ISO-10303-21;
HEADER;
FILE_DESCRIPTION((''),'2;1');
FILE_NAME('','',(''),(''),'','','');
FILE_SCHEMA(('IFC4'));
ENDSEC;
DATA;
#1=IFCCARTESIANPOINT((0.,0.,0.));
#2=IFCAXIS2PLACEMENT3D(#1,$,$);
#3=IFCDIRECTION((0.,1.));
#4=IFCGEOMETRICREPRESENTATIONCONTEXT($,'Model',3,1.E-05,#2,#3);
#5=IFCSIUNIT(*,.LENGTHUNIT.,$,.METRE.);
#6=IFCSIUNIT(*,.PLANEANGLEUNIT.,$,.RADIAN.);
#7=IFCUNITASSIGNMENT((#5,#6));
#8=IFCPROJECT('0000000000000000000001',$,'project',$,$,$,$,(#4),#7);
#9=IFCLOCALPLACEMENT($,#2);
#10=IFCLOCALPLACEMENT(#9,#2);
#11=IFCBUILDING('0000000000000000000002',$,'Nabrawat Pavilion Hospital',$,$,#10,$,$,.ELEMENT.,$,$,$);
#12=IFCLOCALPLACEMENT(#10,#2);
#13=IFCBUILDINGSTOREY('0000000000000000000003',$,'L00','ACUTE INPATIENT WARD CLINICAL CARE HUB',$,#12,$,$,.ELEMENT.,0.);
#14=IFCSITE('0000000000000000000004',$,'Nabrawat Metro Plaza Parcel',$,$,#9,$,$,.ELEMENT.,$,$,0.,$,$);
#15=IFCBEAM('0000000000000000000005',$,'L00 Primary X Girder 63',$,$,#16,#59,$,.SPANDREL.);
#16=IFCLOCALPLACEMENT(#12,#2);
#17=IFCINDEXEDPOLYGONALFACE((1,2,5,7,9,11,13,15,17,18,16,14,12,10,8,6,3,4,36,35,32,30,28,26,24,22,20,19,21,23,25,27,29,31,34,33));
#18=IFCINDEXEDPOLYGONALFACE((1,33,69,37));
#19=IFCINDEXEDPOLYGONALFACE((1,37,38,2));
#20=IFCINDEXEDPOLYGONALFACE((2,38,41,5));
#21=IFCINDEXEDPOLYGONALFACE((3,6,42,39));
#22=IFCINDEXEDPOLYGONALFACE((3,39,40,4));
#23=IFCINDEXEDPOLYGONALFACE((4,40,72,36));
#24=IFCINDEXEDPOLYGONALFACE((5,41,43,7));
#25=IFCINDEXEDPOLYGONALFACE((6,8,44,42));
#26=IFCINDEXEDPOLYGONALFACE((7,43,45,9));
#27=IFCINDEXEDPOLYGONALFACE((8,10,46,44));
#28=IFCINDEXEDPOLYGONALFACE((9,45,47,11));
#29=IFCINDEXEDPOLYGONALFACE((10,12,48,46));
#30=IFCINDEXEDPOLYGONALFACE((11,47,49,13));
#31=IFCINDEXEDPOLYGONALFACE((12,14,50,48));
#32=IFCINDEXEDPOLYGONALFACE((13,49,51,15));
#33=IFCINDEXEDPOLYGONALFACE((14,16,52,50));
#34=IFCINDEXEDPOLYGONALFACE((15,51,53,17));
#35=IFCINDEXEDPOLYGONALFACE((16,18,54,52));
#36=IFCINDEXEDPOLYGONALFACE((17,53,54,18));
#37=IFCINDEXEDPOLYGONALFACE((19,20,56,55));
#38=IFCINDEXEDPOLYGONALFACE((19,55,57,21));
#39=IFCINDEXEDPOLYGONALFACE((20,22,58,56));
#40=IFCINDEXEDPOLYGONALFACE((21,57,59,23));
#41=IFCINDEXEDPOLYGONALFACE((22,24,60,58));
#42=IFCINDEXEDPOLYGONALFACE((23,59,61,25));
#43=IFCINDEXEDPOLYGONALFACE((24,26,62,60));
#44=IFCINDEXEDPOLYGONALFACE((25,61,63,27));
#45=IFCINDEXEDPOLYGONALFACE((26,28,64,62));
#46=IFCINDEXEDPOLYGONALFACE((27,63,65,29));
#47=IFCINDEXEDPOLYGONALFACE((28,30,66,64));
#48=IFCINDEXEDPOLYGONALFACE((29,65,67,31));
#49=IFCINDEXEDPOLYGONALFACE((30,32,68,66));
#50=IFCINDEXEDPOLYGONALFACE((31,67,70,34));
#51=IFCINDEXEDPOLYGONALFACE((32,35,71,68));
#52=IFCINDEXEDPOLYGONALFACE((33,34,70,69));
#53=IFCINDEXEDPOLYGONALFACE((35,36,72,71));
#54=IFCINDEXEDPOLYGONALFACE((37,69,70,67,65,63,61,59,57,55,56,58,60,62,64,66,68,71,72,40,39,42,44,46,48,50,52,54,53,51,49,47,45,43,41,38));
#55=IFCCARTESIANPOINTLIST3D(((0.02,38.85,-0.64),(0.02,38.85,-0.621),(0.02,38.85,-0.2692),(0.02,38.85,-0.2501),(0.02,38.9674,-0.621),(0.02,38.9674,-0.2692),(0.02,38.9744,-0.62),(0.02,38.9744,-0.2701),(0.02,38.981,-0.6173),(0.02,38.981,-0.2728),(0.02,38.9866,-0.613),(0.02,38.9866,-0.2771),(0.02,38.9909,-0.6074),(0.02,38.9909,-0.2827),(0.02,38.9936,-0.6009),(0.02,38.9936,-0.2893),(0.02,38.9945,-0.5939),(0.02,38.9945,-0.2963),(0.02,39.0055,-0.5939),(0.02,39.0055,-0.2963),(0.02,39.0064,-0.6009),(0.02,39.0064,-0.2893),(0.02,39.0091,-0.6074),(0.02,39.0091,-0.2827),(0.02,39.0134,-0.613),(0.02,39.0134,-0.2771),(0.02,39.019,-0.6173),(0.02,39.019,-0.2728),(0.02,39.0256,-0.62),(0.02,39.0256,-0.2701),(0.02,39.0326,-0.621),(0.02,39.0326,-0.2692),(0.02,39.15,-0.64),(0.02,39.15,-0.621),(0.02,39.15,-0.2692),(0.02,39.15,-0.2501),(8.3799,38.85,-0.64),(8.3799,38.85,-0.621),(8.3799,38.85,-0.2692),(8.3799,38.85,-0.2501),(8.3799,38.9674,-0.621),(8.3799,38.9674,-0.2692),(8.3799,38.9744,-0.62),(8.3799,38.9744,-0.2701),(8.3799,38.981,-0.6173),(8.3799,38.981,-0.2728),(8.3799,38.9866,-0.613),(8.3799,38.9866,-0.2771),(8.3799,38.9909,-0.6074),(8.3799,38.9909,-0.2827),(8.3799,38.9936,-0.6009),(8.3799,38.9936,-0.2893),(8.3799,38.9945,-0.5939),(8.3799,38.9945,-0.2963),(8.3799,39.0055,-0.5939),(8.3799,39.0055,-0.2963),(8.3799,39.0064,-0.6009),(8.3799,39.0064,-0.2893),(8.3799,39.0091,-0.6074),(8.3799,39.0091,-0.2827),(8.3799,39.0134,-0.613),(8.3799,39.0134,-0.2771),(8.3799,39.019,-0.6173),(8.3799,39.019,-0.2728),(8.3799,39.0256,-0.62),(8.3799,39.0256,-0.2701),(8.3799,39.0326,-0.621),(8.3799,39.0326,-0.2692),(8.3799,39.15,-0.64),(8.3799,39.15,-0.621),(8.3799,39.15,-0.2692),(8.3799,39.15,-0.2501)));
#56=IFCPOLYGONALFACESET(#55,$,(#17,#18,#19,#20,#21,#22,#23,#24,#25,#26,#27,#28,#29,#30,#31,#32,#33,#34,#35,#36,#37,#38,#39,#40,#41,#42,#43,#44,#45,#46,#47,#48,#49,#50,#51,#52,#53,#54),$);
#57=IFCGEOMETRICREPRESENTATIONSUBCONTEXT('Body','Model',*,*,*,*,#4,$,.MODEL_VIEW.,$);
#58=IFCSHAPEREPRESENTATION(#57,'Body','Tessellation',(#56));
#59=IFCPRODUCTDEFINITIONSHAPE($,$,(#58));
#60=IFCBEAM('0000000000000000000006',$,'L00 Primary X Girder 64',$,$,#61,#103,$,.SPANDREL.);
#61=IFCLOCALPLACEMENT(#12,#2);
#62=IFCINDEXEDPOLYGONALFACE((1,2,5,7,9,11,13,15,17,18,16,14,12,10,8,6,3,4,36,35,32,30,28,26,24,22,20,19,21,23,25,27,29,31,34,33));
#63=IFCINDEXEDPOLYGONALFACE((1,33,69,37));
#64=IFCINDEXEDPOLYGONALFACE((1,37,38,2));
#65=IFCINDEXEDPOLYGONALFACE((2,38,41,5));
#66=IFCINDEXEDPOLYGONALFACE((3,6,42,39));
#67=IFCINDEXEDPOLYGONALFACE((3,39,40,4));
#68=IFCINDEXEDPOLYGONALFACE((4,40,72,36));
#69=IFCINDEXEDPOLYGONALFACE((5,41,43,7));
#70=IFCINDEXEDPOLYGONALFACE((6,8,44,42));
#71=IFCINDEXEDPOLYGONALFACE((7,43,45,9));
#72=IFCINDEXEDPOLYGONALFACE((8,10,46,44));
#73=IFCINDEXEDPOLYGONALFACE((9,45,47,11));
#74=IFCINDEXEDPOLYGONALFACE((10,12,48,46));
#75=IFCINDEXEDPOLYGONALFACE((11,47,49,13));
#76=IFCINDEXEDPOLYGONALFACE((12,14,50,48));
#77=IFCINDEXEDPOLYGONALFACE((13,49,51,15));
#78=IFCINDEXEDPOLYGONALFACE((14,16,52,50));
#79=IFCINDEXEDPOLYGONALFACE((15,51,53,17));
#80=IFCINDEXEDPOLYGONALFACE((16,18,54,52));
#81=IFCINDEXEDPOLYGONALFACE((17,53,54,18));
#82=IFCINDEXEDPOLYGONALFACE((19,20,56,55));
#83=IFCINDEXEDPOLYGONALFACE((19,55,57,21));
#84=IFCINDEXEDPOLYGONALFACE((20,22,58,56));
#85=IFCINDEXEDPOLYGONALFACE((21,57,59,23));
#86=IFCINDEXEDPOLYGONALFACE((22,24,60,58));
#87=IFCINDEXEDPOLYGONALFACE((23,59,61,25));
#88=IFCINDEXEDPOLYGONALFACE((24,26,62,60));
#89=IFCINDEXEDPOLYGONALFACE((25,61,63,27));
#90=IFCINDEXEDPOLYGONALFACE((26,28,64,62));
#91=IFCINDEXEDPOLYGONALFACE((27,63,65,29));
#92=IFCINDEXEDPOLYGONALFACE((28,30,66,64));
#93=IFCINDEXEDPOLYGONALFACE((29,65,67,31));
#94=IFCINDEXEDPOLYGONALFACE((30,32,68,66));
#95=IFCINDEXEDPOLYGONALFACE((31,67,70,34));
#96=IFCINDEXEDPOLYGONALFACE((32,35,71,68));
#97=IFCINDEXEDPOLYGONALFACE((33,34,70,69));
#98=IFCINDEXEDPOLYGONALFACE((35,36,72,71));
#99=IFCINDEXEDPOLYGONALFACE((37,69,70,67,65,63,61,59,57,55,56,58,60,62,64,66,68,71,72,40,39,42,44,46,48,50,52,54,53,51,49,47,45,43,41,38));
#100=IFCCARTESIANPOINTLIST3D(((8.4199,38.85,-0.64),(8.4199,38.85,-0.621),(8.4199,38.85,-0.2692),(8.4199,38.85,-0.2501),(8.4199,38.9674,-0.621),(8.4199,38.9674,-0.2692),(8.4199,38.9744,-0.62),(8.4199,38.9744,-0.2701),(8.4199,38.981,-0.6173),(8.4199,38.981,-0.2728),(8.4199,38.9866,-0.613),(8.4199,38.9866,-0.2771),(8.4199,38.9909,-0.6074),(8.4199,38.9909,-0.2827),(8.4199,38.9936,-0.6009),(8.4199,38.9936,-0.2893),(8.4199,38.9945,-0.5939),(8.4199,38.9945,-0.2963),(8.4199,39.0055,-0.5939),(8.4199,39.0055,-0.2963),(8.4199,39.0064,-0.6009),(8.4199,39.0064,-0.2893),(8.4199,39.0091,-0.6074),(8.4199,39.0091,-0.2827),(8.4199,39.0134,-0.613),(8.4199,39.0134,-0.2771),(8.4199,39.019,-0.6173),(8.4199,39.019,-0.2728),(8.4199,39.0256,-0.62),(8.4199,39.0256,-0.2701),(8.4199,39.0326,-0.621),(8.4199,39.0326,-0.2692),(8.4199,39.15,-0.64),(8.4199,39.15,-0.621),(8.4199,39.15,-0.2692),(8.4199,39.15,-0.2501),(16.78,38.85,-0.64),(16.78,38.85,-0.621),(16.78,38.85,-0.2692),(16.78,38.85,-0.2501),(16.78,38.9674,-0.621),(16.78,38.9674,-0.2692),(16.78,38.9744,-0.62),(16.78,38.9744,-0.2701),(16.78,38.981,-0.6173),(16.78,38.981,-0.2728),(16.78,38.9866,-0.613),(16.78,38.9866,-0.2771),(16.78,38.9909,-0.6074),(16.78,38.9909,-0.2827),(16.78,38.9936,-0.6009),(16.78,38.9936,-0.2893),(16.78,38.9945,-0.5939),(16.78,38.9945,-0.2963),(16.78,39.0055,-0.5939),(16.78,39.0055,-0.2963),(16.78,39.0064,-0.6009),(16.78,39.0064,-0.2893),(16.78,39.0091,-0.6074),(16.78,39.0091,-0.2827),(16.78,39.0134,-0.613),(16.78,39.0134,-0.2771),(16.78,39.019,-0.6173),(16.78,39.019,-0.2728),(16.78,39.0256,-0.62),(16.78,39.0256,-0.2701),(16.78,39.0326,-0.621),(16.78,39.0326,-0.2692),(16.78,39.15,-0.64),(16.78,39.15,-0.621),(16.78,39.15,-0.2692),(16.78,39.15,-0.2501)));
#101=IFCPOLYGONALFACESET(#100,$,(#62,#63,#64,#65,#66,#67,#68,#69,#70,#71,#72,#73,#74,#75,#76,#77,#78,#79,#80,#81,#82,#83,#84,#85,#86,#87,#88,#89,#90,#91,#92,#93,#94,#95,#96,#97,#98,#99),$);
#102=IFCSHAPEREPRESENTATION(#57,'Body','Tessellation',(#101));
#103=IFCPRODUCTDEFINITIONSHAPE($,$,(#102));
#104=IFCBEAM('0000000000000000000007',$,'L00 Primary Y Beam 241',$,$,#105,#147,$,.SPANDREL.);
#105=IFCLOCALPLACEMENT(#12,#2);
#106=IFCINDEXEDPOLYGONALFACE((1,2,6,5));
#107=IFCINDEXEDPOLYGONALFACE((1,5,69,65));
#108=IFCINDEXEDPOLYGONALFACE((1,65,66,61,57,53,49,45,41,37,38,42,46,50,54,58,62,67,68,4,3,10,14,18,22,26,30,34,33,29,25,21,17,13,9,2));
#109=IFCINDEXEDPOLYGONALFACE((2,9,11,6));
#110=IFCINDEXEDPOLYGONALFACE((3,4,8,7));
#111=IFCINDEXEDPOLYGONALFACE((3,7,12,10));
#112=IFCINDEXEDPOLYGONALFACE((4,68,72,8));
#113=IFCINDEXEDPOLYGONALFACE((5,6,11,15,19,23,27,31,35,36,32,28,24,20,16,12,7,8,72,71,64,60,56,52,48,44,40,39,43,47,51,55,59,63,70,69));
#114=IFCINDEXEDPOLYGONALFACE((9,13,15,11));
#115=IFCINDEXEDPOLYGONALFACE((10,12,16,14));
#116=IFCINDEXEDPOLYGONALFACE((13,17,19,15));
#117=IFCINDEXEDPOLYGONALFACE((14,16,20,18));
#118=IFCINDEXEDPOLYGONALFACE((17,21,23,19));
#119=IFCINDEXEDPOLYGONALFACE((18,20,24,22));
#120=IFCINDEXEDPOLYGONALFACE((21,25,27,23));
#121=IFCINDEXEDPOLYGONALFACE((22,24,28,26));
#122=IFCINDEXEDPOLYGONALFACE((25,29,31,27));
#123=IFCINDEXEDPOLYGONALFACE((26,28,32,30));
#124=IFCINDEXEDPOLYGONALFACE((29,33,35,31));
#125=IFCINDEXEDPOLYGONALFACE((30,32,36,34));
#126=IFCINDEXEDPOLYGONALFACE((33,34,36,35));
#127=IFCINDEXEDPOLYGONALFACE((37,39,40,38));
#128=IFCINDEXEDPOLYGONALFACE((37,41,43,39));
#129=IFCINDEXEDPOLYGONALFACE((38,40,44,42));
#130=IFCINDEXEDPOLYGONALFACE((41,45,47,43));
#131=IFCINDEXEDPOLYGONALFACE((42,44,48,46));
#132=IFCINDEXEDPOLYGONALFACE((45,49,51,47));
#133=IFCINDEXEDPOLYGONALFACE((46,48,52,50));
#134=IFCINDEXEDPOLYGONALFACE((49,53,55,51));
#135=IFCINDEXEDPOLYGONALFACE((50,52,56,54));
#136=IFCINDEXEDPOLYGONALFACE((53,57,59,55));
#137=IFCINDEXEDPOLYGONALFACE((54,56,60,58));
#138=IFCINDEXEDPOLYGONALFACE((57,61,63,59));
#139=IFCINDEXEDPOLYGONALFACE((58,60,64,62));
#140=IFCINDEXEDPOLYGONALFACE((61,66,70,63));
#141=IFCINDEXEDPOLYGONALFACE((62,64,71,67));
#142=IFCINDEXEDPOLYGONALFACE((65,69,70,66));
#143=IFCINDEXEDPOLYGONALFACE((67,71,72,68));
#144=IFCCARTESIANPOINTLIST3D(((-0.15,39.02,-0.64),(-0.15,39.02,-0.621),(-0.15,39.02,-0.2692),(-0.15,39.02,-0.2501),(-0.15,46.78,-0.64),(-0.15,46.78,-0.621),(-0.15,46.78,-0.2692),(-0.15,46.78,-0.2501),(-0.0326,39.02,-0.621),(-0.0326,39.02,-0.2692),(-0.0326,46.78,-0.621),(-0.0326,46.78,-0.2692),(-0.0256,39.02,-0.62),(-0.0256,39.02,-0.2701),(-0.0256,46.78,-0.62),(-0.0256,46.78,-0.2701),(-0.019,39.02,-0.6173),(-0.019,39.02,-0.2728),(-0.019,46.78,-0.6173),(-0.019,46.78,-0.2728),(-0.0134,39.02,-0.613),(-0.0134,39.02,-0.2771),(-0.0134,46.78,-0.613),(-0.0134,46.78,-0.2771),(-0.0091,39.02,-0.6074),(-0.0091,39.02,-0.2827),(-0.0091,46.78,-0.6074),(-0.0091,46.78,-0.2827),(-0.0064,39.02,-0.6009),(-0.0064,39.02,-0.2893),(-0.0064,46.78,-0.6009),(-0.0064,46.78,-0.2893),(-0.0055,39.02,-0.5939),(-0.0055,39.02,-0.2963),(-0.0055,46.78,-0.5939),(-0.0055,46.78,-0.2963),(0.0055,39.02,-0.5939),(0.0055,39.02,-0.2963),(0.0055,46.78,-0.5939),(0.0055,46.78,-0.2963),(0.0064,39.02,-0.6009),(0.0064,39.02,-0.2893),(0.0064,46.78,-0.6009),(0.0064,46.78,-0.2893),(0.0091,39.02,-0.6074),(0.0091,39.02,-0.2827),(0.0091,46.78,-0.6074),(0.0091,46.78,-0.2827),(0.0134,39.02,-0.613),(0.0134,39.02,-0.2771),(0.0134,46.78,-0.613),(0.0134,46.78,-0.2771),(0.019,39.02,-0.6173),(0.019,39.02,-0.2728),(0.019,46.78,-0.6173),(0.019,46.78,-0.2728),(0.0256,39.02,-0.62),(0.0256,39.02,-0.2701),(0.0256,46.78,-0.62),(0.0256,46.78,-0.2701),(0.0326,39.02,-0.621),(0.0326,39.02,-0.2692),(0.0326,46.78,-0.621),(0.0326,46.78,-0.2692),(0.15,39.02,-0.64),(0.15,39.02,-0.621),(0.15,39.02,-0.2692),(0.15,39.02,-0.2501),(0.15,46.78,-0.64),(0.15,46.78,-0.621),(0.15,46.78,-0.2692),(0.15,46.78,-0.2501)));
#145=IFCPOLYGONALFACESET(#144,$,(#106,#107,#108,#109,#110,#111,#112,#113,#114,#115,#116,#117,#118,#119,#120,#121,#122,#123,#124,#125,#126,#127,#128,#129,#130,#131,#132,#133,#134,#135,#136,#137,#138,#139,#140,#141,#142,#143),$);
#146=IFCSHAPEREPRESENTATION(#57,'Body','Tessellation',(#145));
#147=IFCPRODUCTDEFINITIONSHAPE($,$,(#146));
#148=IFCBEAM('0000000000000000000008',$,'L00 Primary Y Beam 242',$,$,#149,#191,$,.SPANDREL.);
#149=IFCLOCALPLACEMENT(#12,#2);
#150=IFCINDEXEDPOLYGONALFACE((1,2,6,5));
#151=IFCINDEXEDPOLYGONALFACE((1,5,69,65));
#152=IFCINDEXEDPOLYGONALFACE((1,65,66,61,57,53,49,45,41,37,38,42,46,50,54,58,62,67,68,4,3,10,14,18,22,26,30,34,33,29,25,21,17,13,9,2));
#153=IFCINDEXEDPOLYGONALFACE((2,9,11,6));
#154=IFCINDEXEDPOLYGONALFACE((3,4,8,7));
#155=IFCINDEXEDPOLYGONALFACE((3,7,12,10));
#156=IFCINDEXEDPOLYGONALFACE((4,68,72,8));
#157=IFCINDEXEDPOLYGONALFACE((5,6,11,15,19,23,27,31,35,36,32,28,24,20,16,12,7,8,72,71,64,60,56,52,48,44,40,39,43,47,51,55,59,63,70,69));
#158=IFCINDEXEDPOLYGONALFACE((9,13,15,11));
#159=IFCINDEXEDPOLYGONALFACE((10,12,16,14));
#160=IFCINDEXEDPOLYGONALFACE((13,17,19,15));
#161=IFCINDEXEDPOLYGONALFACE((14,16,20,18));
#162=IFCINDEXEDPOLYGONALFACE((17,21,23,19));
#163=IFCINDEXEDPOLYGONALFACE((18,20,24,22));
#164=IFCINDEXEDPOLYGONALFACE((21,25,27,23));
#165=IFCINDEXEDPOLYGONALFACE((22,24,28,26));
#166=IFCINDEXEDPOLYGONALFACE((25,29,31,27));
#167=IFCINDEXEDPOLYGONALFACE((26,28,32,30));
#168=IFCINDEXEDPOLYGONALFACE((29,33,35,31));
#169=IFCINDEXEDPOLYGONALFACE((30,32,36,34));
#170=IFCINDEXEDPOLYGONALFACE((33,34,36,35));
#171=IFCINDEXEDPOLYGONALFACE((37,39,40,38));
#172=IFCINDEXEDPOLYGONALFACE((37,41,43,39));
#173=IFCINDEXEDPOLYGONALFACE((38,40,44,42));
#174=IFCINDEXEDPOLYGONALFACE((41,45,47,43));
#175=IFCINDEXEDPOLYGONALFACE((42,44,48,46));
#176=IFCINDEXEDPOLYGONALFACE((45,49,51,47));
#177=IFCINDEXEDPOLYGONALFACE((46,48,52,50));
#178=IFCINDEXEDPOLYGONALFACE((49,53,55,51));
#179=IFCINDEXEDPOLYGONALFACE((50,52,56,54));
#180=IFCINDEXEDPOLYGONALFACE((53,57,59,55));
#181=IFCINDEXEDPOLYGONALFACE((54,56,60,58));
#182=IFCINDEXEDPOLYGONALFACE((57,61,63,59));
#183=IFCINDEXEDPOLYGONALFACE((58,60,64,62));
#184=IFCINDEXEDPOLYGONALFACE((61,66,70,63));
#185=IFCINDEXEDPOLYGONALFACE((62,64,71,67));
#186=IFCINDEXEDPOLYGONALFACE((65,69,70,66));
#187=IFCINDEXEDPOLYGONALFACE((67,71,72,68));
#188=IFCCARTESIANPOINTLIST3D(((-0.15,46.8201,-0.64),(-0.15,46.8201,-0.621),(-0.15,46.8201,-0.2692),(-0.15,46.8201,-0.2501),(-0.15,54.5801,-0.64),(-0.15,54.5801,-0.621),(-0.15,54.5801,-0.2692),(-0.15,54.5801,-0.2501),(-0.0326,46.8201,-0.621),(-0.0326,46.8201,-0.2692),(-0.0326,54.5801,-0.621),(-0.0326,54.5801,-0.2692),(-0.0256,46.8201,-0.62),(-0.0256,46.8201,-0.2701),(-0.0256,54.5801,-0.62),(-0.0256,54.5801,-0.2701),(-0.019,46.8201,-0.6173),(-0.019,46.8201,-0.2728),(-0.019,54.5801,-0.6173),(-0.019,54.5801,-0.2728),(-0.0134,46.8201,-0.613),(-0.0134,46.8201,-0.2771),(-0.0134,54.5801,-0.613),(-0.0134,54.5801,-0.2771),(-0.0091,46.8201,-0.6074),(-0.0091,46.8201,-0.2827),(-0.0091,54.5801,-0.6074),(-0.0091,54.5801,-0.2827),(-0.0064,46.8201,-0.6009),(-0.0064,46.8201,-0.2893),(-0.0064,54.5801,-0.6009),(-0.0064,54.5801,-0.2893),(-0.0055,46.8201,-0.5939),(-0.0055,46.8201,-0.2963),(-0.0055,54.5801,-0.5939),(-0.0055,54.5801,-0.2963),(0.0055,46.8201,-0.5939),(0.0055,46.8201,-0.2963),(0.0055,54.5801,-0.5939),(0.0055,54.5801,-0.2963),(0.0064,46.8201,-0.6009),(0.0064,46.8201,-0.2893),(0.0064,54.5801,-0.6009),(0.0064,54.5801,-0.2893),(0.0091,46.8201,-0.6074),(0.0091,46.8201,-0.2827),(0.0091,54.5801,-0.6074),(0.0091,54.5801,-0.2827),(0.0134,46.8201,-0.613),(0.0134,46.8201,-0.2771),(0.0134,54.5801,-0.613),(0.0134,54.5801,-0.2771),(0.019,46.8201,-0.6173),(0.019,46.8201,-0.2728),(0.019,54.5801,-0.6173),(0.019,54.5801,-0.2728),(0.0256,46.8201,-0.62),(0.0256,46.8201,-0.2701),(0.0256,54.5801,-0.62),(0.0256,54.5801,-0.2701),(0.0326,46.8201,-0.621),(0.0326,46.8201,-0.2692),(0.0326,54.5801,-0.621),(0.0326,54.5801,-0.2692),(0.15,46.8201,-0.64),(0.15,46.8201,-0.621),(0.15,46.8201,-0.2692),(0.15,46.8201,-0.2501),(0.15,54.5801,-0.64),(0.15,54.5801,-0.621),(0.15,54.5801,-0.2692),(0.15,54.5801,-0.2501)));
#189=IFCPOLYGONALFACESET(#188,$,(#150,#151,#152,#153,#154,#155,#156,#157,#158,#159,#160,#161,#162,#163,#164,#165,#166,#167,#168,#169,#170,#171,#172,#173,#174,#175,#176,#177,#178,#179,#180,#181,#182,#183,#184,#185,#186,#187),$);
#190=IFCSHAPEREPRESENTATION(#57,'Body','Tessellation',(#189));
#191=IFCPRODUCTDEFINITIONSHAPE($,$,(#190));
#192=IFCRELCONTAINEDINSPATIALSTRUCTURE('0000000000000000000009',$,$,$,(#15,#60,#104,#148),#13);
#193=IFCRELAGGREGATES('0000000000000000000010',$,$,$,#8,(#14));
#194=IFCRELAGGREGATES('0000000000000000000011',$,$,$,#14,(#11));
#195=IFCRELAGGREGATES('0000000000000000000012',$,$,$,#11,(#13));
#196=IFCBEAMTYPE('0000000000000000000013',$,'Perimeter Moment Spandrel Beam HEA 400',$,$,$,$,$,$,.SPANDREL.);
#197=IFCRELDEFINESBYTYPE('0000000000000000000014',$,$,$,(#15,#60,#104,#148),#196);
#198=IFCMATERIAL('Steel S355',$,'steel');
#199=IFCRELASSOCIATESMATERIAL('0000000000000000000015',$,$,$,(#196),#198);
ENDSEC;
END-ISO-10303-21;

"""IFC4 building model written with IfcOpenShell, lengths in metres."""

from ifc_helpers import new_model, si_unit, direction, frame, origin, origin_2d, place, context, subcontext, project, spatial, i_section, extrude, material, material_profile, profile_set, type_object, element, save


model = new_model("IFC4")

# Units and contexts
model_context = context("Model", 3, precision=1e-05, world=origin(), true_north=direction((0.0, 1.0)))
body_context = subcontext(model_context, "Body", "Model", "MODEL_VIEW")
ifc_project = project(units=[si_unit("LENGTHUNIT", "METRE"), si_unit("PLANEANGLEUNIT", "RADIAN")], contexts=[model_context])

# Site, building, storey
site_placement = place(None, origin())
site = spatial("IfcSite", under=ifc_project, at=site_placement, Name="Nabrawat Metro Plaza Parcel", CompositionType="ELEMENT", RefElevation=0.0)
building_placement = place(site_placement, origin())
building = spatial("IfcBuilding", under=site, at=building_placement, Name="Nabrawat Pavilion Hospital", CompositionType="ELEMENT")
storey_placement = place(building_placement, origin())
storey = spatial("IfcBuildingStorey", under=building, at=storey_placement, Name="L00", Description="ACUTE INPATIENT WARD CLINICAL CARE HUB", CompositionType="ELEMENT", Elevation=0.0)

# Shared definitions
ifc_material_1 = material(Name="Steel S355", Category="steel")

# Beams
ifc_material_profile_1 = material_profile(ifc_material_1, i_section(OverallWidth=0.3, OverallDepth=0.3899, WebThickness=0.011, FlangeThickness=0.019, FilletRadius=0.0271, at=origin_2d()), Name="HEA 400")
ifc_profile_set_1 = profile_set([ifc_material_profile_1], Name="Steel S355")
beam_type_1 = type_object("IfcBeamType", Name="Perimeter Moment Spandrel Beam HEA 400", PredefinedType="SPANDREL", material=ifc_profile_set_1)
beam_1_placement = place(storey_placement, frame((0.02, 39.0, -0.4451), z_axis=(1.0, 0.0, 0.0), x_axis=(0.0, 1.0, 0.0)))
element("IfcBeam", 1, at=beam_1_placement, inside=storey, type_object=beam_type_1, Name="L00 Primary X Girder 63", PredefinedType="SPANDREL", context=body_context, shape_type="SweptSolid", body=[
    extrude(i_section(OverallWidth=0.3, OverallDepth=0.3899, WebThickness=0.011, FlangeThickness=0.019, FilletRadius=0.0271, at=origin_2d()), origin(), (0.0, 0.0, 1.0), 8.3599),
])
beam_2_placement = place(storey_placement, frame((8.4199, 39.0, -0.4451), z_axis=(1.0, 0.0, 0.0), x_axis=(0.0, 1.0, 0.0)))
element("IfcBeam", 2, at=beam_2_placement, inside=storey, type_object=beam_type_1, Name="L00 Primary X Girder 64", PredefinedType="SPANDREL", context=body_context, shape_type="SweptSolid", body=[
    extrude(i_section(OverallWidth=0.3, OverallDepth=0.3899, WebThickness=0.011, FlangeThickness=0.019, FilletRadius=0.0271, at=origin_2d()), origin(), (0.0, 0.0, 1.0), 8.3601),
])
for number, where, z_axis, x_axis, name in (
    (3, (0.0, 39.02, -0.4451), (0.0, 1.0, 0.0), (-1.0, 0.0, 0.0), "L00 Primary Y Beam 241"),
    (4, (0.0, 46.8201, -0.4451), (0.0, 1.0, 0.0), (-1.0, 0.0, 0.0), "L00 Primary Y Beam 242"),
):
    element("IfcBeam", number, at=place(storey_placement, frame(where, z_axis=z_axis, x_axis=x_axis)), inside=storey, type_object=beam_type_1, Name=name, PredefinedType="SPANDREL", context=body_context, shape_type="SweptSolid", body=[
        extrude(i_section(OverallWidth=0.3, OverallDepth=0.3899, WebThickness=0.011, FlangeThickness=0.019, FilletRadius=0.0271, at=origin_2d()), origin(), (0.0, 0.0, 1.0), 7.76),
    ])

save(model, "model.ifc")
